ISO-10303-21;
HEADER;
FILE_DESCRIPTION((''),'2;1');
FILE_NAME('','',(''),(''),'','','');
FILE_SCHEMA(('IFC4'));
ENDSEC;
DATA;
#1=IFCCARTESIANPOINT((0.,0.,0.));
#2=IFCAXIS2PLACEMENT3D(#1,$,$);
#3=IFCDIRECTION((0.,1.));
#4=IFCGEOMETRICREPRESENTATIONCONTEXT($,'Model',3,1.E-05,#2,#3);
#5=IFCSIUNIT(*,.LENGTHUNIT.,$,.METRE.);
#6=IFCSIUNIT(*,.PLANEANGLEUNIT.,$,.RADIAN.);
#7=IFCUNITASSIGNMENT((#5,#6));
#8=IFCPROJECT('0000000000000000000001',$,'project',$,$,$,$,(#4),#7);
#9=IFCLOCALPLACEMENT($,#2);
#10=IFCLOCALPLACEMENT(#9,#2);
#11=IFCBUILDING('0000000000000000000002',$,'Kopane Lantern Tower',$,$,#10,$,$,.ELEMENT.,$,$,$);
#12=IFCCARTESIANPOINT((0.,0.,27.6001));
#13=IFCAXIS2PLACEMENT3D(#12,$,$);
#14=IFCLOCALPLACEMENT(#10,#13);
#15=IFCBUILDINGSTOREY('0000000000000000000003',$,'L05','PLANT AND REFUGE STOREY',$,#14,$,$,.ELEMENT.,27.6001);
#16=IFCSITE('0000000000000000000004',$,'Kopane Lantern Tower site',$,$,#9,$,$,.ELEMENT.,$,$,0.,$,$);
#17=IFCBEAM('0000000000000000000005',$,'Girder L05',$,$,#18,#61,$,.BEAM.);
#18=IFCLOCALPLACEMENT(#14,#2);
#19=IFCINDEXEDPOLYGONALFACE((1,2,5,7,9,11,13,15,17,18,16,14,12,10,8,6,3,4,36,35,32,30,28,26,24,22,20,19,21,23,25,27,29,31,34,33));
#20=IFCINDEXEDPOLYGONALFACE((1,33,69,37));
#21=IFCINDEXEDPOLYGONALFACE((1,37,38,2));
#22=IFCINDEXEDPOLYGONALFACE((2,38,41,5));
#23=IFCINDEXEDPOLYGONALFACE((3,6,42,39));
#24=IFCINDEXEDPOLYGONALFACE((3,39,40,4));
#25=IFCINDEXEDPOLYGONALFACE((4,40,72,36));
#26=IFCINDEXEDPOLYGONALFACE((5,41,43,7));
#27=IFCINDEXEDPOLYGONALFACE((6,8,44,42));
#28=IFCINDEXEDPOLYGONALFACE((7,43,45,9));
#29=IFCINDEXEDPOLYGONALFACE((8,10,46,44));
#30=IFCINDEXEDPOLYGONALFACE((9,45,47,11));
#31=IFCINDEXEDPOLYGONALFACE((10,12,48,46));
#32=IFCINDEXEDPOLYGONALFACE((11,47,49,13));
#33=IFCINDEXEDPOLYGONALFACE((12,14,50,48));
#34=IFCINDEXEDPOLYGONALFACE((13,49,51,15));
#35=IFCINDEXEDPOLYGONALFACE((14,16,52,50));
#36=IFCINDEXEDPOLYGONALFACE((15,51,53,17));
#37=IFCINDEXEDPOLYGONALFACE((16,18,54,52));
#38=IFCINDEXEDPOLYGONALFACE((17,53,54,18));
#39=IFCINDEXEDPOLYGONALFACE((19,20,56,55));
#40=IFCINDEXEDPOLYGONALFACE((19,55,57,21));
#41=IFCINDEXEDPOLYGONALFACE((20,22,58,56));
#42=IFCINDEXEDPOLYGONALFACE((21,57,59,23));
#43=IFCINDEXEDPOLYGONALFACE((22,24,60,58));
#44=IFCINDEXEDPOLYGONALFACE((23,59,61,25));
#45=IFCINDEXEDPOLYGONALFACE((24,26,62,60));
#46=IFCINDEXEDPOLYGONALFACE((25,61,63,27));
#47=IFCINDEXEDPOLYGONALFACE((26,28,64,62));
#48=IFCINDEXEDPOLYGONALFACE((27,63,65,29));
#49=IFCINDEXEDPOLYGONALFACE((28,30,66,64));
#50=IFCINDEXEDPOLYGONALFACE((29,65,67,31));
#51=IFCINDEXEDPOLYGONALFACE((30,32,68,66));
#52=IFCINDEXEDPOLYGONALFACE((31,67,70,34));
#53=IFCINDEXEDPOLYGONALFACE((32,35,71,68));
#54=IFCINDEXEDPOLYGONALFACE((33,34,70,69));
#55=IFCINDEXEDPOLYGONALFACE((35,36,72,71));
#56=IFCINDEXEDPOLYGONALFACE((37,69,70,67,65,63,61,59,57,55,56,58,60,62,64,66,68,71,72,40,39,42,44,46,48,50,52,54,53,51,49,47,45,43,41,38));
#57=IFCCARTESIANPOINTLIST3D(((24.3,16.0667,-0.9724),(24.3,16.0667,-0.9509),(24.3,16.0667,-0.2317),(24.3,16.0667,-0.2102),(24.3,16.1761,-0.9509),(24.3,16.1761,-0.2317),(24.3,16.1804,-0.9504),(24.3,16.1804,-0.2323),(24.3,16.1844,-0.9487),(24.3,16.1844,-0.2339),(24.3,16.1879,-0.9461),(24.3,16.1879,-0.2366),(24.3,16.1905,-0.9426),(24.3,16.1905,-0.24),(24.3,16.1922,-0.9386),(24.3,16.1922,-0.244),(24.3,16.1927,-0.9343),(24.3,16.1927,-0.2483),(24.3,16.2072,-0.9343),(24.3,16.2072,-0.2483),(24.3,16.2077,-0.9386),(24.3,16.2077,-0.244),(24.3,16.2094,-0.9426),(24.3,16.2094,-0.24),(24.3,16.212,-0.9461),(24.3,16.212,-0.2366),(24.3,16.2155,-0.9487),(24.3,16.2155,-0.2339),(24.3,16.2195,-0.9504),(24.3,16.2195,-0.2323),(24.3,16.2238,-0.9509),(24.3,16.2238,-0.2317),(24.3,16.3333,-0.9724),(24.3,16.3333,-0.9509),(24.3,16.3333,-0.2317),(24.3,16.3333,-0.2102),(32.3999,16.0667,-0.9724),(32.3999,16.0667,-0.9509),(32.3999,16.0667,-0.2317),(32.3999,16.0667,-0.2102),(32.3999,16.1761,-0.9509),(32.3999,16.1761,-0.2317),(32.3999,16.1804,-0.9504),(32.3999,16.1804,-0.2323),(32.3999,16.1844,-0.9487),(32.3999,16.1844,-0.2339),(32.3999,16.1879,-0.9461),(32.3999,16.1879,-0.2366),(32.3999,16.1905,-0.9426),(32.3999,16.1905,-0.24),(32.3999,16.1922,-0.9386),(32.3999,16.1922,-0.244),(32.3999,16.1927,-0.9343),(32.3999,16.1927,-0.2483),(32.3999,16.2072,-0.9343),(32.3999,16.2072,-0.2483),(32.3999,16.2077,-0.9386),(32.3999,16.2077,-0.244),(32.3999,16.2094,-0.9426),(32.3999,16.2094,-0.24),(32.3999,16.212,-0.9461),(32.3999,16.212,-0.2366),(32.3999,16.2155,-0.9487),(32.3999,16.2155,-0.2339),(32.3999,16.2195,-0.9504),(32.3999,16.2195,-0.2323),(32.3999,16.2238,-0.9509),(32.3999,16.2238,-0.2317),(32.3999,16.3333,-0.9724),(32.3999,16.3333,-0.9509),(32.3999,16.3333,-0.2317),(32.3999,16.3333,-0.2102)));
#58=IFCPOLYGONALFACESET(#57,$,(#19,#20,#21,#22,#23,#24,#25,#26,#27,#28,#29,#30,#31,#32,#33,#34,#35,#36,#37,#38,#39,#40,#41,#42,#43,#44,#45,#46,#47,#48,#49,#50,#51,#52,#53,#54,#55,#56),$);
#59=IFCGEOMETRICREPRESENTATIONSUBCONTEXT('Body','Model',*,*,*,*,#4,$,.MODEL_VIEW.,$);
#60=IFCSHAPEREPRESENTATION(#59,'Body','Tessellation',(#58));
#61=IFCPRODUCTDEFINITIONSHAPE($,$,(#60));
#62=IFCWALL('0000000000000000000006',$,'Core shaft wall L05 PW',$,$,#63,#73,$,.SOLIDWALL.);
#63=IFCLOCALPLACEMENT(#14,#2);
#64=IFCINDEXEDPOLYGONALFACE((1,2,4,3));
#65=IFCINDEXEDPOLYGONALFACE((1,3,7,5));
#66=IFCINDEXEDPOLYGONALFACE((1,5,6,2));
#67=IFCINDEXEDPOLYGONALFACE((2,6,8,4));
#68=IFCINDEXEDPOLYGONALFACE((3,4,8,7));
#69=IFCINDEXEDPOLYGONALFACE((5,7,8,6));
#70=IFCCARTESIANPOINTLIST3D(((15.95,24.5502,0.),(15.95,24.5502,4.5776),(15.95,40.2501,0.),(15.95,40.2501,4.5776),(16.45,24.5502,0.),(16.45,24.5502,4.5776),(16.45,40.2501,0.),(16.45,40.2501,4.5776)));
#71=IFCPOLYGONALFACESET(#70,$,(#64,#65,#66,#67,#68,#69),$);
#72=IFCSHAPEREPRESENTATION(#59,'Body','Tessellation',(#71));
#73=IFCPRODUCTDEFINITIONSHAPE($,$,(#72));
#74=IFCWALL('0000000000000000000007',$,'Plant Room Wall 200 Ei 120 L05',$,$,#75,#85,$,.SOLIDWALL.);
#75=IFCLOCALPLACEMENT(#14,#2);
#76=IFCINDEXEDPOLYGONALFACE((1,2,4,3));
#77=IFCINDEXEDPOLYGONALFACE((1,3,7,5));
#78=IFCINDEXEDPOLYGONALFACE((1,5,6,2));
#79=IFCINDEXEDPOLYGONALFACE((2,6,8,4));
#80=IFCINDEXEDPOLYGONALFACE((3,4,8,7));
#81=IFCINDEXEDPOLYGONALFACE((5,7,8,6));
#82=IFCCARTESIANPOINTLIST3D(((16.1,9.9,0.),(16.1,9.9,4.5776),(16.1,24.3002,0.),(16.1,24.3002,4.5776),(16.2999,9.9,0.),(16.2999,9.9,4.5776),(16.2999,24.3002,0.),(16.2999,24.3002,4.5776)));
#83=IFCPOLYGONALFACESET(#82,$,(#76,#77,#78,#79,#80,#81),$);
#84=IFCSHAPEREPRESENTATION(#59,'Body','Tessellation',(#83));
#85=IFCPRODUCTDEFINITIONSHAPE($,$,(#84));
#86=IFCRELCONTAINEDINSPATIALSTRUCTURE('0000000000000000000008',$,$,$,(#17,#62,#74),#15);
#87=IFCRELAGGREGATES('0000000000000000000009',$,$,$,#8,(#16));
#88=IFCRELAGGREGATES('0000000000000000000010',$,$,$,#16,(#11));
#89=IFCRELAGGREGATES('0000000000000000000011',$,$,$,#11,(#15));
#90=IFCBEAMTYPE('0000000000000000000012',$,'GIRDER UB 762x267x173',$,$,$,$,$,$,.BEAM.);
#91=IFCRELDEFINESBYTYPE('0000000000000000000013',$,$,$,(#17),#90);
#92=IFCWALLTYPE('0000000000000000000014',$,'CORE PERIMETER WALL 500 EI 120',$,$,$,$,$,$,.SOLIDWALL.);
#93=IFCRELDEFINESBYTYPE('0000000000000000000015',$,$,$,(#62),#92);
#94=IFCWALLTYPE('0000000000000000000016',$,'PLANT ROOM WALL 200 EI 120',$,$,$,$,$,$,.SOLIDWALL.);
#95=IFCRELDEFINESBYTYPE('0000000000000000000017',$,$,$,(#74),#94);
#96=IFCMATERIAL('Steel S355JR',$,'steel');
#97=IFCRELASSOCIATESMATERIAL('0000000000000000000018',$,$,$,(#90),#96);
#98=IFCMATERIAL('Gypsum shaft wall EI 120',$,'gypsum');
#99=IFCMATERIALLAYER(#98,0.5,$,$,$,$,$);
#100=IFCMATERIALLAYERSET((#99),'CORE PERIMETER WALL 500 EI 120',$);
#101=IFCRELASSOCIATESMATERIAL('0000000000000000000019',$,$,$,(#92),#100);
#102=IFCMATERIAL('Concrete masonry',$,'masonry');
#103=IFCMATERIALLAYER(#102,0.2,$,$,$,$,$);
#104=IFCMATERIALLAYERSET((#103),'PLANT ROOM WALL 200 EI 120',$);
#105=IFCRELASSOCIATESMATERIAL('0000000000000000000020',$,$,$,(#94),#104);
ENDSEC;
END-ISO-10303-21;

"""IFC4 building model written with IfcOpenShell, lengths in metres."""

from ifc_helpers import new_model, si_unit, direction, frame, frame_2d, origin, origin_2d, place, context, subcontext, project, spatial, rectangle, i_section, extrude, material, layer, layer_set, material_profile, profile_set, type_object, element, save


model = new_model("IFC4")

# Units and contexts
model_context = context("Model", 3, precision=1e-05, world=origin(), true_north=direction((0.0, 1.0)))
body_context = subcontext(model_context, "Body", "Model", "MODEL_VIEW")
ifc_project = project(units=[si_unit("LENGTHUNIT", "METRE"), si_unit("PLANEANGLEUNIT", "RADIAN")], contexts=[model_context])

# Site, building, storey
site_placement = place(None, origin())
site = spatial("IfcSite", under=ifc_project, at=site_placement, Name="Kopane Lantern Tower site", CompositionType="ELEMENT", RefElevation=0.0)
building_placement = place(site_placement, origin())
building = spatial("IfcBuilding", under=site, at=building_placement, Name="Kopane Lantern Tower", CompositionType="ELEMENT")
storey_placement = place(building_placement, frame((0.0, 0.0, 27.6001)))
storey = spatial("IfcBuildingStorey", under=building, at=storey_placement, Name="L05", Description="PLANT AND REFUGE STOREY", CompositionType="ELEMENT", Elevation=27.6001)

# Beam
ifc_material_1 = material(Name="Steel S355JR", Category="steel")
ifc_material_profile_1 = material_profile(ifc_material_1, i_section(OverallWidth=0.2666, OverallDepth=0.7622, WebThickness=0.0144, FlangeThickness=0.0215, FilletRadius=0.0166, at=origin_2d()), Name="UB 762x267x173")
ifc_profile_set_1 = profile_set([ifc_material_profile_1], Name="Steel S355JR")
beam_type_1 = type_object("IfcBeamType", Name="GIRDER UB 762x267x173", PredefinedType="BEAM", material=ifc_profile_set_1)
beam_1_placement = place(storey_placement, frame((24.3, 16.2, -0.5913), z_axis=(1.0, 0.0, 0.0), x_axis=(0.0, 1.0, 0.0)))
element("IfcBeam", 1, at=beam_1_placement, inside=storey, type_object=beam_type_1, Name="Girder L05", PredefinedType="BEAM", context=body_context, shape_type="SweptSolid", body=[
    extrude(i_section(OverallWidth=0.2666, OverallDepth=0.7622, WebThickness=0.0144, FlangeThickness=0.0215, FilletRadius=0.0166, at=origin_2d()), origin(), (0.0, 0.0, 1.0), 8.0999),
])

# Walls
ifc_material_2 = material(Name="Gypsum shaft wall EI 120", Category="gypsum")
ifc_layer_1 = layer(ifc_material_2, 0.5)
ifc_layer_set_1 = layer_set([ifc_layer_1], Name="CORE PERIMETER WALL 500 EI 120")
wall_type_1 = type_object("IfcWallType", Name="CORE PERIMETER WALL 500 EI 120", PredefinedType="SOLIDWALL", material=ifc_layer_set_1)
wall_1_placement = place(storey_placement, frame((16.2, 24.55, 0.0), z_axis=(0.0, 0.0, 1.0), x_axis=(0.0, 1.0, 0.0)))
element("IfcWall", 2, at=wall_1_placement, inside=storey, type_object=wall_type_1, Name="Core shaft wall L05 PW", PredefinedType="SOLIDWALL", context=body_context, shape_type="SweptSolid", body=[
    extrude(rectangle(XDim=15.7, YDim=0.5, at=frame_2d((7.8501, 0.0))), origin(), (0.0, 0.0, 1.0), 4.5776),
])
ifc_material_3 = material(Name="Concrete masonry", Category="masonry")
ifc_layer_2 = layer(ifc_material_3, 0.2)
ifc_layer_set_2 = layer_set([ifc_layer_2], Name="PLANT ROOM WALL 200 EI 120")
wall_type_2 = type_object("IfcWallType", Name="PLANT ROOM WALL 200 EI 120", PredefinedType="SOLIDWALL", material=ifc_layer_set_2)
wall_2_placement = place(storey_placement, frame((16.2, 9.8999, 0.0), z_axis=(0.0, 0.0, 1.0), x_axis=(0.0, 1.0, 0.0)))
element("IfcWall", 3, at=wall_2_placement, inside=storey, type_object=wall_type_2, Name="Plant Room Wall 200 Ei 120 L05", PredefinedType="SOLIDWALL", context=body_context, shape_type="SweptSolid", body=[
    extrude(rectangle(XDim=14.4001, YDim=0.2, at=frame_2d((7.2002, 0.0))), origin(), (0.0, 0.0, 1.0), 4.5776),
])

save(model, "model.ifc")
